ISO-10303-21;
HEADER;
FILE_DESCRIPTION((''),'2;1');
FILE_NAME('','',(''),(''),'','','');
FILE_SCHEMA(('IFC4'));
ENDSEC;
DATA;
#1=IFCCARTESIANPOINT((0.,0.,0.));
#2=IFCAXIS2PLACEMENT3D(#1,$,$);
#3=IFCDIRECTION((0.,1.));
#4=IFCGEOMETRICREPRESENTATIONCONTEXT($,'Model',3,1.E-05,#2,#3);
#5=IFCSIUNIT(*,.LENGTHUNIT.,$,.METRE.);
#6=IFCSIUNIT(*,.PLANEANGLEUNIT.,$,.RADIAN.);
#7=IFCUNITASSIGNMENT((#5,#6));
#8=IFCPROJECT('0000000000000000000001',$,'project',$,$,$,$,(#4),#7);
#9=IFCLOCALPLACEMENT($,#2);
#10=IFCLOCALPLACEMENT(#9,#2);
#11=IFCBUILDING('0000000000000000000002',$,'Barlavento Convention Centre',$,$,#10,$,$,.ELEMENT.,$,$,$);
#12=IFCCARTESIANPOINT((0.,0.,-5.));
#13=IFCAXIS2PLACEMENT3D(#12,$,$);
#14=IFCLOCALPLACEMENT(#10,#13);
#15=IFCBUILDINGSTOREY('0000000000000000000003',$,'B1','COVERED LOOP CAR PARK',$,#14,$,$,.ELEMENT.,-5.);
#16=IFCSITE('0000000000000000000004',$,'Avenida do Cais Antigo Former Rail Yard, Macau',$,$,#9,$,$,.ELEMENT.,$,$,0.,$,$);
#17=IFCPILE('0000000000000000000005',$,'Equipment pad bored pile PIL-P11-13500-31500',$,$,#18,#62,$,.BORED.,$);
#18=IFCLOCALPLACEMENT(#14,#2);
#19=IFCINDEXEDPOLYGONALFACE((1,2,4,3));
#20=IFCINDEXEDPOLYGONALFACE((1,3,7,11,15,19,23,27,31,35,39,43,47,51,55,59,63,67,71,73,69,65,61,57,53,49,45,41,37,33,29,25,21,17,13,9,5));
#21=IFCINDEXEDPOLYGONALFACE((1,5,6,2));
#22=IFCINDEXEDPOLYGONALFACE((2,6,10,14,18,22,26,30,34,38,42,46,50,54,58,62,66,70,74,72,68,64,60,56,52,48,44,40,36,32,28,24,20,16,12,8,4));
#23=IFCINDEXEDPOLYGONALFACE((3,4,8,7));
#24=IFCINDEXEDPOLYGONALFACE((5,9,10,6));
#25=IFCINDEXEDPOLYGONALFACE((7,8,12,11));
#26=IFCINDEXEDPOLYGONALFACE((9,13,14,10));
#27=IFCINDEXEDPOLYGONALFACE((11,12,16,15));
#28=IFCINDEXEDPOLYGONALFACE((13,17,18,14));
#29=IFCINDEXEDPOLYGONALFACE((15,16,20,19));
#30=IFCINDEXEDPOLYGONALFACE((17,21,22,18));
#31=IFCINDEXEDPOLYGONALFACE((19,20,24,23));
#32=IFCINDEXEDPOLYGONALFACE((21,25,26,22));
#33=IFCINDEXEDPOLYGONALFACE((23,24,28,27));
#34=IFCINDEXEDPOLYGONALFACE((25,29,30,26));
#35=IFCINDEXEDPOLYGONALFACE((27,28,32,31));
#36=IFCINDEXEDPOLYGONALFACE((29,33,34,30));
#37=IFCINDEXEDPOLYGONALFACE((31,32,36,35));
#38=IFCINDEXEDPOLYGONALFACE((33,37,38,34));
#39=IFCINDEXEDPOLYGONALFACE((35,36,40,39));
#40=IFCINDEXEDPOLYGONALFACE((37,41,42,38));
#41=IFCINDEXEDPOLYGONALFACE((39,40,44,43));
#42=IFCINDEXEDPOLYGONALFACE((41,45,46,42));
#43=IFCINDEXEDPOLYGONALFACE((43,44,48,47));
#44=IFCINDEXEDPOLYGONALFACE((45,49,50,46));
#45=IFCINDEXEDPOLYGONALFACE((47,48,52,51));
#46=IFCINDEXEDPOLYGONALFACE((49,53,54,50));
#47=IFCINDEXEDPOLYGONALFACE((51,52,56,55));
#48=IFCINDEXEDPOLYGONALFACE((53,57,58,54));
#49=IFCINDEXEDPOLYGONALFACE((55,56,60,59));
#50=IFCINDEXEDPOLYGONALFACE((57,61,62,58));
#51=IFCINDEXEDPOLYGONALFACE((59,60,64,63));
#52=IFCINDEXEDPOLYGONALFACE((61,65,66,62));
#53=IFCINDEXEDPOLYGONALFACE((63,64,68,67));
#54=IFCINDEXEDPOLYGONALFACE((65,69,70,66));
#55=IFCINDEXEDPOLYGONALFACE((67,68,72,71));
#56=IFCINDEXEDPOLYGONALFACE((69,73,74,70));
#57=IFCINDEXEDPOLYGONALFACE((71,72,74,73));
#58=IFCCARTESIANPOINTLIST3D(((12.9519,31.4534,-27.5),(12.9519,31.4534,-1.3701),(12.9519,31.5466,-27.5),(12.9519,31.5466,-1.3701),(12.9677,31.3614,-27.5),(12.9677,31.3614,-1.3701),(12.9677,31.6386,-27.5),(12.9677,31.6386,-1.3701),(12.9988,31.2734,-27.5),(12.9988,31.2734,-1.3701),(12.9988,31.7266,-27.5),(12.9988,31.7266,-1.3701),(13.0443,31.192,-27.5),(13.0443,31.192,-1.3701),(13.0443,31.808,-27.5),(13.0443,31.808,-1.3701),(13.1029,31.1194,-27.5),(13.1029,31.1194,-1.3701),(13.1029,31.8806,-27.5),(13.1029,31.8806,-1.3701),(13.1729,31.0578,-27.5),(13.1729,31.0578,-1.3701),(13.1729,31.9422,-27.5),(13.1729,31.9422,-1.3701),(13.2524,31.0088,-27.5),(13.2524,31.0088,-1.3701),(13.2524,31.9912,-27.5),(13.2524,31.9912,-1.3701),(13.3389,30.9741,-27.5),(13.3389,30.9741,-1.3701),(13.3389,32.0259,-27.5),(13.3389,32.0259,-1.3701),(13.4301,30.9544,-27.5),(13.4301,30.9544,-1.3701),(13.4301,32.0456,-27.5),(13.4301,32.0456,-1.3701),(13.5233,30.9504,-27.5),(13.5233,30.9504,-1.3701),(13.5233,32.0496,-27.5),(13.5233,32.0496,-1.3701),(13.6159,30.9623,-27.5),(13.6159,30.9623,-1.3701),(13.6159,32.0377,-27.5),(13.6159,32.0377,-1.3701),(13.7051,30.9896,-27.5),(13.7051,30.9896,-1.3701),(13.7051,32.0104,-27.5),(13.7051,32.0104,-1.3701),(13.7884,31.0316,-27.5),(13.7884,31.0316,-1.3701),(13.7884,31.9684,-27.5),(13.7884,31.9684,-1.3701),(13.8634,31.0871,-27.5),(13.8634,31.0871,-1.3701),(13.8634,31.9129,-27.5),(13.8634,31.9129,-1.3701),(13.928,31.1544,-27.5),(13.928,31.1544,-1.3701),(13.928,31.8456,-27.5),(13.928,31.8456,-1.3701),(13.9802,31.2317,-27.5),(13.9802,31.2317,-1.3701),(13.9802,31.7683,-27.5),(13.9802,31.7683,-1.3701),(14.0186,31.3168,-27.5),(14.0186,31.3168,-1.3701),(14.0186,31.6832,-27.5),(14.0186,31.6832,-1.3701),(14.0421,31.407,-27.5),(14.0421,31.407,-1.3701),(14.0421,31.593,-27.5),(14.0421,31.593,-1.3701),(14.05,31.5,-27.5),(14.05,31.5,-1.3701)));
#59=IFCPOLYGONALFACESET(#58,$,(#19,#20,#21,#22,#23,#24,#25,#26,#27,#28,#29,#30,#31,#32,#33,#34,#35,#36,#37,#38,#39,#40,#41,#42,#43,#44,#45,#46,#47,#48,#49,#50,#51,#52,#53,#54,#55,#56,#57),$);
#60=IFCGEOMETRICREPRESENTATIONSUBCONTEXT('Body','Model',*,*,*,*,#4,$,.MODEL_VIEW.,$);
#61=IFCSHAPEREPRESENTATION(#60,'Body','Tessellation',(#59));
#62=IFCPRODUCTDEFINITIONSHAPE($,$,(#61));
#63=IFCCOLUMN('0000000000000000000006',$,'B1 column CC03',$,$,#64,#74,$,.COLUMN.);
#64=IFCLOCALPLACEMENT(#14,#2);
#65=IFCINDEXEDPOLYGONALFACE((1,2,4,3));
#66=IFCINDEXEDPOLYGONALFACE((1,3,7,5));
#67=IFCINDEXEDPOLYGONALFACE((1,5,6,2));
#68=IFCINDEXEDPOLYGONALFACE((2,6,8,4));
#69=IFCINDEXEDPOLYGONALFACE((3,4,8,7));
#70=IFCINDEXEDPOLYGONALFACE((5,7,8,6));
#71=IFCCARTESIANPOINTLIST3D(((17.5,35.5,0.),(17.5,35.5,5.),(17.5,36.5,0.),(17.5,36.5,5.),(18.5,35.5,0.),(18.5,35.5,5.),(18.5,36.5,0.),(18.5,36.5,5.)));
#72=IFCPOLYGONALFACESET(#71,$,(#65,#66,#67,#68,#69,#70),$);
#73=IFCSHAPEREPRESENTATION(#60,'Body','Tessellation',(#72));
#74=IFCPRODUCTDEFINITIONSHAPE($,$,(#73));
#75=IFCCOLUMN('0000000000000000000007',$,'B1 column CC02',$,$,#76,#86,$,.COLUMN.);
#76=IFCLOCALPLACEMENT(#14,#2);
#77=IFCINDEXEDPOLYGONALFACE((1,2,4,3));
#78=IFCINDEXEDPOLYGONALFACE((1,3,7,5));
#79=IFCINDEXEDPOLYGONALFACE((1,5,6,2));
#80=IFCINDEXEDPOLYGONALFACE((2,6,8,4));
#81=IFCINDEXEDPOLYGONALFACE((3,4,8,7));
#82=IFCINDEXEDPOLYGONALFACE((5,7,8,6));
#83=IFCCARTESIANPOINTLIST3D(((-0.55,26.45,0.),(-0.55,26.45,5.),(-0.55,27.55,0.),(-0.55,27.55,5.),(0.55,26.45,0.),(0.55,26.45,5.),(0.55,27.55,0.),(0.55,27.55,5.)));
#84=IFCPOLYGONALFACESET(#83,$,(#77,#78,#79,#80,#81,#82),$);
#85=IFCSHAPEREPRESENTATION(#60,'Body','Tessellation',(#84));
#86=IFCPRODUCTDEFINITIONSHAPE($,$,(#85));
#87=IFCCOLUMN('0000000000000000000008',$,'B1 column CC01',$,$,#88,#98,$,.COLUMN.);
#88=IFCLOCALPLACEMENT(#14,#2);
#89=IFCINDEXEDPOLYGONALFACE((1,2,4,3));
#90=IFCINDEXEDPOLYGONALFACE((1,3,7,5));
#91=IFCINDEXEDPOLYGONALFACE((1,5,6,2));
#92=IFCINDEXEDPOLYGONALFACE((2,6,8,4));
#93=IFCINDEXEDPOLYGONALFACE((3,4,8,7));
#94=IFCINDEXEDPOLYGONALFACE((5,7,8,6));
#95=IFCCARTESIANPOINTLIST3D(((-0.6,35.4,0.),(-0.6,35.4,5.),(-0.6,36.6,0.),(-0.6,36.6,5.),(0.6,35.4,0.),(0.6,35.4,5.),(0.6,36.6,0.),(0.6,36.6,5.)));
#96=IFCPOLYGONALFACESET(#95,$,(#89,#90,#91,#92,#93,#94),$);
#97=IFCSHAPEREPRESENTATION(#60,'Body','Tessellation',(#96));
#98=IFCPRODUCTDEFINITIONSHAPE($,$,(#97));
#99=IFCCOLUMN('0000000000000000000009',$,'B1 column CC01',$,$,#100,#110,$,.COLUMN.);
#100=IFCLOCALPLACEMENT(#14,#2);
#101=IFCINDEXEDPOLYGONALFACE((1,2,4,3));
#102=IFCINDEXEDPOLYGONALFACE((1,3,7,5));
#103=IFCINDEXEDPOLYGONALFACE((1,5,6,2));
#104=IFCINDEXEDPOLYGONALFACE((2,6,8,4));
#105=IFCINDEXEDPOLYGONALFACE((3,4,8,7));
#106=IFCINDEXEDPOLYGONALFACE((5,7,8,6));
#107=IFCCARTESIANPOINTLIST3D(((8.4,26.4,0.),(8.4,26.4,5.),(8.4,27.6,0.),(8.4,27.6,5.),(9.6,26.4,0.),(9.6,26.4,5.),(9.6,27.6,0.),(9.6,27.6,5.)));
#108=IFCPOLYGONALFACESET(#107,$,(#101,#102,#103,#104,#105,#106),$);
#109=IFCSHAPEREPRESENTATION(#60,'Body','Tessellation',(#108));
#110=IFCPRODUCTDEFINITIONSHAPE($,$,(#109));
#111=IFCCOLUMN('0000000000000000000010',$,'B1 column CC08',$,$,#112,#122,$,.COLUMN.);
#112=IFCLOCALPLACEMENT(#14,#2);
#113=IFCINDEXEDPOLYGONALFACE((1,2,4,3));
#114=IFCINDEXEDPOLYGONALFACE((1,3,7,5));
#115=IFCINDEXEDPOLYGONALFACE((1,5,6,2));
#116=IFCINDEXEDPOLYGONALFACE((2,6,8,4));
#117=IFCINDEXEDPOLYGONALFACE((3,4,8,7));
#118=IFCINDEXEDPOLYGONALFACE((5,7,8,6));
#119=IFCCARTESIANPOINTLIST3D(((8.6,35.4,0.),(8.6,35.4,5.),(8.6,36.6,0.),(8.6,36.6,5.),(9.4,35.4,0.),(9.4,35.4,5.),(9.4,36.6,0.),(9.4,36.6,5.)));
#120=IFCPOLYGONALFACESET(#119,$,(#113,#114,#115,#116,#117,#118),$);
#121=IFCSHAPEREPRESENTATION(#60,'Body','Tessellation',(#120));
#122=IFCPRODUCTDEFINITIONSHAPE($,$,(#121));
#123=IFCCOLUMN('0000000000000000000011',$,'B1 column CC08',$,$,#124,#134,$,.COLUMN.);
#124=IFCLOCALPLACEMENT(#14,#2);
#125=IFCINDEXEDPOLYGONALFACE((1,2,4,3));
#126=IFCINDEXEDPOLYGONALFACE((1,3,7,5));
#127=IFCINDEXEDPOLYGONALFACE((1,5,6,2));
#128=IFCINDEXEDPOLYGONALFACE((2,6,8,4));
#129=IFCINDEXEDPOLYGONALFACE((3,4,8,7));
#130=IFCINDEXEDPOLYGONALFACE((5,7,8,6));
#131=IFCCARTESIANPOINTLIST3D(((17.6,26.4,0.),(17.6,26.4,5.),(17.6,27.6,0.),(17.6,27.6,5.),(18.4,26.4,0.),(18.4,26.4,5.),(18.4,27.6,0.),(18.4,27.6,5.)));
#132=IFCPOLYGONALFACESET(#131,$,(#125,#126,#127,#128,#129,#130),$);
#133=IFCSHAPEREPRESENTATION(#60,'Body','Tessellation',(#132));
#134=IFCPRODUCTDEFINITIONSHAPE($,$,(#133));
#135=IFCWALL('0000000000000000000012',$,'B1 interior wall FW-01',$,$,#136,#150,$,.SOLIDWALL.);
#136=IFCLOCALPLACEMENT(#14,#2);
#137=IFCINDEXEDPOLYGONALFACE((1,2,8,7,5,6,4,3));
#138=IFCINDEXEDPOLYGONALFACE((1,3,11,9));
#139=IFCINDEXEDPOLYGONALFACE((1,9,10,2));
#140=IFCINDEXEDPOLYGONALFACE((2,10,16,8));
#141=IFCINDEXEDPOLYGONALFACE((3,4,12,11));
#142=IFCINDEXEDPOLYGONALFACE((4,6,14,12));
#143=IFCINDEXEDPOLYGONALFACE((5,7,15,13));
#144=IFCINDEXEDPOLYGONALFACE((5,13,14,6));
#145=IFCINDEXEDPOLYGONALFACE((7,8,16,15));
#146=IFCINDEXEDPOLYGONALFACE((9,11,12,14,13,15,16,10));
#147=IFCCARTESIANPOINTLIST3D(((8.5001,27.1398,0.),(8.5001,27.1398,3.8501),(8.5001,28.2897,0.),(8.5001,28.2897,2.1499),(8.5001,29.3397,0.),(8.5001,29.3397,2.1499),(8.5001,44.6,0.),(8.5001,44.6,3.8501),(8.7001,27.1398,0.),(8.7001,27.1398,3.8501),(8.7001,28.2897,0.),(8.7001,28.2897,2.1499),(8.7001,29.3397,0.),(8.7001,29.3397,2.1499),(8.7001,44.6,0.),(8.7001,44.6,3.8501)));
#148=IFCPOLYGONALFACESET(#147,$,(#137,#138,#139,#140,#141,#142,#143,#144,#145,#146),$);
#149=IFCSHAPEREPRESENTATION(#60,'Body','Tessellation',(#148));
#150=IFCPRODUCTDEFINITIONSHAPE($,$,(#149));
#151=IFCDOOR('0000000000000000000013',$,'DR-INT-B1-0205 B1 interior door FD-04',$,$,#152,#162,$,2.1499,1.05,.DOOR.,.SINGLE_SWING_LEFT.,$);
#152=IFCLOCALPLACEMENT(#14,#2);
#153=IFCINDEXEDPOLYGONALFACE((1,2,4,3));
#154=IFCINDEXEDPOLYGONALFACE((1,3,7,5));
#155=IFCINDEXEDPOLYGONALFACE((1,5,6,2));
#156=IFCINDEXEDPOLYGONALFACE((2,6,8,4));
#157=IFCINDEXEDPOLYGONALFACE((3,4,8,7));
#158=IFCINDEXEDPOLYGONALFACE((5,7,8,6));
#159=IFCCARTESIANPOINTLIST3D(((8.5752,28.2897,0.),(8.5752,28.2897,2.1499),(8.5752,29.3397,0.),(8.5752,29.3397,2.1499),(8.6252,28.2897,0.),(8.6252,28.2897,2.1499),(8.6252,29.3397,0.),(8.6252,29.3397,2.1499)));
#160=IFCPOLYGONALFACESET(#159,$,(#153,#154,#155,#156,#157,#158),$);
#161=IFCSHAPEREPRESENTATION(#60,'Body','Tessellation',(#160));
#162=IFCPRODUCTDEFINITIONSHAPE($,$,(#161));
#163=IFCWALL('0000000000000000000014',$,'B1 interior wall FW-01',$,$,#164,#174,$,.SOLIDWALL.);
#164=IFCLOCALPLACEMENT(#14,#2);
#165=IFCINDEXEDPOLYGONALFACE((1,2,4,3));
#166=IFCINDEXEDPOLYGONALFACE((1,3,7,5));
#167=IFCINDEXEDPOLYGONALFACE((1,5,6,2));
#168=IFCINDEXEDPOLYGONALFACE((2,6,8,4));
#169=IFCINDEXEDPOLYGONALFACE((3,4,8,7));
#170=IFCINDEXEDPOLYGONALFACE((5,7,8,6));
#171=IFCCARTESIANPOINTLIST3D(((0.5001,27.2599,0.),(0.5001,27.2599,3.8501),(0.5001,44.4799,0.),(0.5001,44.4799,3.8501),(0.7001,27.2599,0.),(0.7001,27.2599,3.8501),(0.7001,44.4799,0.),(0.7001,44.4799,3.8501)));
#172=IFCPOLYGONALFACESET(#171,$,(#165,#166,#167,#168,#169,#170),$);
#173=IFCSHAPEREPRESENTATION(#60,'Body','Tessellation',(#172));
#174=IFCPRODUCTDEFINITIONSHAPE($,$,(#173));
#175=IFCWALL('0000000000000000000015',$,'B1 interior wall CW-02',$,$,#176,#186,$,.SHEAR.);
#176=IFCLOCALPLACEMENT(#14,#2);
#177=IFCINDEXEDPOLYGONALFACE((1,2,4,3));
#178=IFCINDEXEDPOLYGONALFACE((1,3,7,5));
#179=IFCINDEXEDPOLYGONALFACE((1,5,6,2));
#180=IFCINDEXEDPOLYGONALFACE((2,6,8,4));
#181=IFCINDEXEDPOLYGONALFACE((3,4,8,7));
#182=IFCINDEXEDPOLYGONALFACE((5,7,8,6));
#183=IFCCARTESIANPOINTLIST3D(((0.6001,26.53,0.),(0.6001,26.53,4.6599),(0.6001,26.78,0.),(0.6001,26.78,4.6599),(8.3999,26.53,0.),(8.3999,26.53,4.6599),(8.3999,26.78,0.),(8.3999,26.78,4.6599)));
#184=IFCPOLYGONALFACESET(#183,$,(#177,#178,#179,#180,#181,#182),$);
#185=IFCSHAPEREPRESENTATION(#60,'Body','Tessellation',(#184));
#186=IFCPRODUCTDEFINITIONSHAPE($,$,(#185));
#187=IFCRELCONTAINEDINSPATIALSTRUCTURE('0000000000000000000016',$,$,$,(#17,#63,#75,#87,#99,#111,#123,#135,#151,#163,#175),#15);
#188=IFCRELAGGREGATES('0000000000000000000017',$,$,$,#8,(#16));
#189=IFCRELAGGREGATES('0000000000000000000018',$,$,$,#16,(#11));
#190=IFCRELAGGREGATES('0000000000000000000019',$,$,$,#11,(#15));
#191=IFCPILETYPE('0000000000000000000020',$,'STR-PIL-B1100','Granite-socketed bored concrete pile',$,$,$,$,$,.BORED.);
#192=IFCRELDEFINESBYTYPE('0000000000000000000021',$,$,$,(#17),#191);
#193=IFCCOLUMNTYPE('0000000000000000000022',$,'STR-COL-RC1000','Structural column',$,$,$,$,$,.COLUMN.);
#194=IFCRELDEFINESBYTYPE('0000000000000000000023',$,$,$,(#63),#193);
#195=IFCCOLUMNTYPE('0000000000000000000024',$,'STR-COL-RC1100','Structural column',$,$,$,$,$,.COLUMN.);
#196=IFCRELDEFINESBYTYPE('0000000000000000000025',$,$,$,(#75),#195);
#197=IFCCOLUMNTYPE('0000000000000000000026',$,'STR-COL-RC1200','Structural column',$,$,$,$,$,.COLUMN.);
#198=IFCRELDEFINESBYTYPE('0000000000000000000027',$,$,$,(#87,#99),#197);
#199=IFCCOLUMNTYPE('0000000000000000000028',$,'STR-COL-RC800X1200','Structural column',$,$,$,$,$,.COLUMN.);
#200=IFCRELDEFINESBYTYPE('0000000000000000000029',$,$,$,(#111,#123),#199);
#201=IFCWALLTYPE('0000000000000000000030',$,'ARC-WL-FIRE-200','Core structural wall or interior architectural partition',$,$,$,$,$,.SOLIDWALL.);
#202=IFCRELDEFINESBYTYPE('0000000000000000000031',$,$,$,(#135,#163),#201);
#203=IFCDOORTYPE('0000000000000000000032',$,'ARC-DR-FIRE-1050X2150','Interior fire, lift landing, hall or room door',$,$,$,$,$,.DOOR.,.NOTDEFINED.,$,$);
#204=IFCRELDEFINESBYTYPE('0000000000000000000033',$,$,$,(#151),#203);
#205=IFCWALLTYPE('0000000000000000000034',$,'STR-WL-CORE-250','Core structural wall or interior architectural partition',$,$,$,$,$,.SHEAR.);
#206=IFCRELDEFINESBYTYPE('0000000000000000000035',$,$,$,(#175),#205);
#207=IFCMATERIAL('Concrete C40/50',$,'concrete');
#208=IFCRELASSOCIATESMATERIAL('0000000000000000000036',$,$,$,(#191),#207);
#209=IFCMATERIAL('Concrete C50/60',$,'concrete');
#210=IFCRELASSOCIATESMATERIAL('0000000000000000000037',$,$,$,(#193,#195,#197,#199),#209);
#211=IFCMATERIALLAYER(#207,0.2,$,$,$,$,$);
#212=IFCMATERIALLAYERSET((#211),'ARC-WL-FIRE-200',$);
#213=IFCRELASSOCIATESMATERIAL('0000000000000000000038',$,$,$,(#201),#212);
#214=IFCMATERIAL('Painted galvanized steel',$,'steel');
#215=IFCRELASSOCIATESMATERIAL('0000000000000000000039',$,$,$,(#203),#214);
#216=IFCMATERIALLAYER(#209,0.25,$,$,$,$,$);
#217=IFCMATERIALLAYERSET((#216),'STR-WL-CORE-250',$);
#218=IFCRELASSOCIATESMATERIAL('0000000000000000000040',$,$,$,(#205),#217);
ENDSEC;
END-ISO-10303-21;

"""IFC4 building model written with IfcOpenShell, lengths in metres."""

from ifc_helpers import new_model, si_unit, direction, frame, frame_2d, origin, origin_2d, place, context, subcontext, project, spatial, rectangle, circle, extrude, material, layer, layer_set, material_profile, profile_set, type_object, element, fill, save


model = new_model("IFC4")

# Units and contexts
model_context = context("Model", 3, precision=1e-05, world=origin(), true_north=direction((0.0, 1.0)))
body_context = subcontext(model_context, "Body", "Model", "MODEL_VIEW")
ifc_project = project(units=[si_unit("LENGTHUNIT", "METRE"), si_unit("PLANEANGLEUNIT", "RADIAN")], contexts=[model_context])

# Site, building, storey
site_placement = place(None, origin())
site = spatial("IfcSite", under=ifc_project, at=site_placement, Name="Avenida do Cais Antigo Former Rail Yard, Macau", CompositionType="ELEMENT", RefElevation=0.0)
building_placement = place(site_placement, origin())
building = spatial("IfcBuilding", under=site, at=building_placement, Name="Barlavento Convention Centre", CompositionType="ELEMENT")
storey_placement = place(building_placement, frame((0.0, 0.0, -5.0)))
storey = spatial("IfcBuildingStorey", under=building, at=storey_placement, Name="B1", Description="COVERED LOOP CAR PARK", CompositionType="ELEMENT", Elevation=-5.0)

# Shared definitions
ifc_material_1 = material(Name="Concrete C40/50", Category="concrete")

# Pile
ifc_material_profile_1 = material_profile(ifc_material_1, circle(Radius=0.55, at=origin_2d()), Name="BORED PILE 1100")
ifc_profile_set_1 = profile_set([ifc_material_profile_1], Name="Concrete C40/50")
pile_type_1 = type_object("IfcPileType", Name="STR-PIL-B1100", Description="Granite-socketed bored concrete pile", PredefinedType="BORED", material=ifc_profile_set_1)
pile_placement = place(storey_placement, frame((13.5, 31.5, -1.3701), z_axis=(0.0, 0.0, -1.0), x_axis=(1.0, 0.0, 0.0)))
element("IfcPile", 1, at=pile_placement, inside=storey, type_object=pile_type_1, Name="Equipment pad bored pile PIL-P11-13500-31500", PredefinedType="BORED", context=body_context, shape_type="SweptSolid", body=[
    extrude(circle(Radius=0.55, at=origin_2d()), origin(), (0.0, 0.0, 1.0), 26.1299),
])

# Columns
ifc_material_2 = material(Name="Concrete C50/60", Category="concrete")
ifc_material_profile_2 = material_profile(ifc_material_2, rectangle(XDim=1.0, YDim=1.0, at=origin_2d()), Name="RC 1000x1000")
ifc_profile_set_2 = profile_set([ifc_material_profile_2], Name="Concrete C50/60")
column_type_1 = type_object("IfcColumnType", Name="STR-COL-RC1000", Description="Structural column", PredefinedType="COLUMN", material=ifc_profile_set_2)
column_1_placement = place(storey_placement, frame((18.0, 36.0, 0.0), z_axis=(0.0, 0.0, 1.0), x_axis=(1.0, 0.0, 0.0)))
element("IfcColumn", 2, at=column_1_placement, inside=storey, type_object=column_type_1, Name="B1 column CC03", PredefinedType="COLUMN", context=body_context, shape_type="SweptSolid", body=[
    extrude(rectangle(XDim=1.0, YDim=1.0, at=origin_2d()), origin(), (0.0, 0.0, 1.0), 5.0),
])
ifc_material_profile_3 = material_profile(ifc_material_2, rectangle(XDim=1.1001, YDim=1.1001, at=origin_2d()), Name="RC 1100x1100")
ifc_profile_set_3 = profile_set([ifc_material_profile_3], Name="Concrete C50/60")
column_type_2 = type_object("IfcColumnType", Name="STR-COL-RC1100", Description="Structural column", PredefinedType="COLUMN", material=ifc_profile_set_3)
column_2_placement = place(storey_placement, frame((0.0, 27.0, 0.0), z_axis=(0.0, 0.0, 1.0), x_axis=(1.0, 0.0, 0.0)))
element("IfcColumn", 3, at=column_2_placement, inside=storey, type_object=column_type_2, Name="B1 column CC02", PredefinedType="COLUMN", context=body_context, shape_type="SweptSolid", body=[
    extrude(rectangle(XDim=1.1001, YDim=1.1001, at=origin_2d()), origin(), (0.0, 0.0, 1.0), 5.0),
])
ifc_material_profile_4 = material_profile(ifc_material_2, rectangle(XDim=1.2, YDim=1.2, at=origin_2d()), Name="RC 1200x1200")
ifc_profile_set_4 = profile_set([ifc_material_profile_4], Name="Concrete C50/60")
column_type_3 = type_object("IfcColumnType", Name="STR-COL-RC1200", Description="Structural column", PredefinedType="COLUMN", material=ifc_profile_set_4)
for number, where, z_axis, x_axis, name in (
    (4, (0.0, 36.0, 0.0), (0.0, 0.0, 1.0), (1.0, 0.0, 0.0), "B1 column CC01"),
    (5, (9.0, 27.0, 0.0), (0.0, 0.0, 1.0), (1.0, 0.0, 0.0), "B1 column CC01"),
):
    element("IfcColumn", number, at=place(storey_placement, frame(where, z_axis=z_axis, x_axis=x_axis)), inside=storey, type_object=column_type_3, Name=name, PredefinedType="COLUMN", context=body_context, shape_type="SweptSolid", body=[
        extrude(rectangle(XDim=1.2, YDim=1.2, at=origin_2d()), origin(), (0.0, 0.0, 1.0), 5.0),
    ])
ifc_material_profile_5 = material_profile(ifc_material_2, rectangle(XDim=0.8, YDim=1.2, at=origin_2d()), Name="RC 800x1200")
ifc_profile_set_5 = profile_set([ifc_material_profile_5], Name="Concrete C50/60")
column_type_4 = type_object("IfcColumnType", Name="STR-COL-RC800X1200", Description="Structural column", PredefinedType="COLUMN", material=ifc_profile_set_5)
for number, where, z_axis, x_axis, name in (
    (6, (9.0, 36.0, 0.0), (0.0, 0.0, 1.0), (1.0, 0.0, 0.0), "B1 column CC08"),
    (7, (18.0, 27.0, 0.0), (0.0, 0.0, 1.0), (1.0, 0.0, 0.0), "B1 column CC08"),
):
    element("IfcColumn", number, at=place(storey_placement, frame(where, z_axis=z_axis, x_axis=x_axis)), inside=storey, type_object=column_type_4, Name=name, PredefinedType="COLUMN", context=body_context, shape_type="SweptSolid", body=[
        extrude(rectangle(XDim=0.8, YDim=1.2, at=origin_2d()), origin(), (0.0, 0.0, 1.0), 5.0),
    ])

# Wall, opening, door
ifc_layer_1 = layer(ifc_material_1, 0.2)
ifc_layer_set_1 = layer_set([ifc_layer_1], Name="ARC-WL-FIRE-200")
wall_type_1 = type_object("IfcWallType", Name="ARC-WL-FIRE-200", Description="Core structural wall or interior architectural partition", PredefinedType="SOLIDWALL", material=ifc_layer_set_1)
wall_1_placement = place(storey_placement, frame((8.6001, 27.1399, 0.0), z_axis=(0.0, 0.0, 1.0), x_axis=(0.0, 1.0, 0.0)))
wall_1 = element("IfcWall", 8, at=wall_1_placement, inside=storey, type_object=wall_type_1, Name="B1 interior wall FW-01", PredefinedType="SOLIDWALL", context=body_context, shape_type="SweptSolid", body=[
    extrude(rectangle(XDim=17.4602, YDim=0.2, at=frame_2d((8.73, 0.0))), origin(), (0.0, 0.0, 1.0), 3.8501),
])
opening_placement = place(wall_1_placement, frame((1.1499, 0.0, 0.0)))
opening = element("IfcOpeningElement", 9, at=opening_placement, cuts=wall_1, PredefinedType="OPENING", context=body_context, shape_type="SweptSolid", body=[
    extrude(rectangle(XDim=1.05, YDim=2.1499, at=frame_2d((0.5249, 1.075))), frame((0.0, 0.1099, 0.0), z_axis=(0.0, -1.0, 0.0), x_axis=(1.0, 0.0, 0.0)), (0.0, 0.0, 1.0), 0.22),
])
ifc_material_3 = material(Name="Painted galvanized steel", Category="steel")
door_type = type_object("IfcDoorType", Name="ARC-DR-FIRE-1050X2150", Description="Interior fire, lift landing, hall or room door", OperationType="NOTDEFINED", PredefinedType="DOOR", material=ifc_material_3)
door_placement = place(opening_placement, origin())
door = element("IfcDoor", 10, at=door_placement, inside=storey, type_object=door_type, Name="DR-INT-B1-0205 B1 interior door FD-04", OperationType="SINGLE_SWING_LEFT", OverallHeight=2.1499, OverallWidth=1.05, PredefinedType="DOOR", context=body_context, shape_type="SweptSolid", body=[
    extrude(rectangle(XDim=1.05, YDim=2.1499, at=frame_2d((0.5249, 1.075))), frame((0.0, 0.0249, 0.0), z_axis=(0.0, -1.0, 0.0), x_axis=(1.0, 0.0, 0.0)), (0.0, 0.0, 1.0), 0.05),
])
fill(opening, door)

# Walls
wall_2_placement = place(storey_placement, frame((0.6001, 27.26, 0.0), z_axis=(0.0, 0.0, 1.0), x_axis=(0.0, 1.0, 0.0)))
element("IfcWall", 11, at=wall_2_placement, inside=storey, type_object=wall_type_1, Name="B1 interior wall FW-01", PredefinedType="SOLIDWALL", context=body_context, shape_type="SweptSolid", body=[
    extrude(rectangle(XDim=17.22, YDim=0.2, at=frame_2d((8.6099, 0.0))), origin(), (0.0, 0.0, 1.0), 3.8501),
])
ifc_layer_2 = layer(ifc_material_2, 0.25)
ifc_layer_set_2 = layer_set([ifc_layer_2], Name="STR-WL-CORE-250")
wall_type_2 = type_object("IfcWallType", Name="STR-WL-CORE-250", Description="Core structural wall or interior architectural partition", PredefinedType="SHEAR", material=ifc_layer_set_2)
wall_3_placement = place(storey_placement, frame((0.6001, 26.655, 0.0), z_axis=(0.0, 0.0, 1.0), x_axis=(1.0, 0.0, 0.0)))
element("IfcWall", 12, at=wall_3_placement, inside=storey, type_object=wall_type_2, Name="B1 interior wall CW-02", PredefinedType="SHEAR", context=body_context, shape_type="SweptSolid", body=[
    extrude(rectangle(XDim=7.7998, YDim=0.25, at=frame_2d((3.8999, 0.0))), origin(), (0.0, 0.0, 1.0), 4.6599),
])

save(model, "model.ifc")
